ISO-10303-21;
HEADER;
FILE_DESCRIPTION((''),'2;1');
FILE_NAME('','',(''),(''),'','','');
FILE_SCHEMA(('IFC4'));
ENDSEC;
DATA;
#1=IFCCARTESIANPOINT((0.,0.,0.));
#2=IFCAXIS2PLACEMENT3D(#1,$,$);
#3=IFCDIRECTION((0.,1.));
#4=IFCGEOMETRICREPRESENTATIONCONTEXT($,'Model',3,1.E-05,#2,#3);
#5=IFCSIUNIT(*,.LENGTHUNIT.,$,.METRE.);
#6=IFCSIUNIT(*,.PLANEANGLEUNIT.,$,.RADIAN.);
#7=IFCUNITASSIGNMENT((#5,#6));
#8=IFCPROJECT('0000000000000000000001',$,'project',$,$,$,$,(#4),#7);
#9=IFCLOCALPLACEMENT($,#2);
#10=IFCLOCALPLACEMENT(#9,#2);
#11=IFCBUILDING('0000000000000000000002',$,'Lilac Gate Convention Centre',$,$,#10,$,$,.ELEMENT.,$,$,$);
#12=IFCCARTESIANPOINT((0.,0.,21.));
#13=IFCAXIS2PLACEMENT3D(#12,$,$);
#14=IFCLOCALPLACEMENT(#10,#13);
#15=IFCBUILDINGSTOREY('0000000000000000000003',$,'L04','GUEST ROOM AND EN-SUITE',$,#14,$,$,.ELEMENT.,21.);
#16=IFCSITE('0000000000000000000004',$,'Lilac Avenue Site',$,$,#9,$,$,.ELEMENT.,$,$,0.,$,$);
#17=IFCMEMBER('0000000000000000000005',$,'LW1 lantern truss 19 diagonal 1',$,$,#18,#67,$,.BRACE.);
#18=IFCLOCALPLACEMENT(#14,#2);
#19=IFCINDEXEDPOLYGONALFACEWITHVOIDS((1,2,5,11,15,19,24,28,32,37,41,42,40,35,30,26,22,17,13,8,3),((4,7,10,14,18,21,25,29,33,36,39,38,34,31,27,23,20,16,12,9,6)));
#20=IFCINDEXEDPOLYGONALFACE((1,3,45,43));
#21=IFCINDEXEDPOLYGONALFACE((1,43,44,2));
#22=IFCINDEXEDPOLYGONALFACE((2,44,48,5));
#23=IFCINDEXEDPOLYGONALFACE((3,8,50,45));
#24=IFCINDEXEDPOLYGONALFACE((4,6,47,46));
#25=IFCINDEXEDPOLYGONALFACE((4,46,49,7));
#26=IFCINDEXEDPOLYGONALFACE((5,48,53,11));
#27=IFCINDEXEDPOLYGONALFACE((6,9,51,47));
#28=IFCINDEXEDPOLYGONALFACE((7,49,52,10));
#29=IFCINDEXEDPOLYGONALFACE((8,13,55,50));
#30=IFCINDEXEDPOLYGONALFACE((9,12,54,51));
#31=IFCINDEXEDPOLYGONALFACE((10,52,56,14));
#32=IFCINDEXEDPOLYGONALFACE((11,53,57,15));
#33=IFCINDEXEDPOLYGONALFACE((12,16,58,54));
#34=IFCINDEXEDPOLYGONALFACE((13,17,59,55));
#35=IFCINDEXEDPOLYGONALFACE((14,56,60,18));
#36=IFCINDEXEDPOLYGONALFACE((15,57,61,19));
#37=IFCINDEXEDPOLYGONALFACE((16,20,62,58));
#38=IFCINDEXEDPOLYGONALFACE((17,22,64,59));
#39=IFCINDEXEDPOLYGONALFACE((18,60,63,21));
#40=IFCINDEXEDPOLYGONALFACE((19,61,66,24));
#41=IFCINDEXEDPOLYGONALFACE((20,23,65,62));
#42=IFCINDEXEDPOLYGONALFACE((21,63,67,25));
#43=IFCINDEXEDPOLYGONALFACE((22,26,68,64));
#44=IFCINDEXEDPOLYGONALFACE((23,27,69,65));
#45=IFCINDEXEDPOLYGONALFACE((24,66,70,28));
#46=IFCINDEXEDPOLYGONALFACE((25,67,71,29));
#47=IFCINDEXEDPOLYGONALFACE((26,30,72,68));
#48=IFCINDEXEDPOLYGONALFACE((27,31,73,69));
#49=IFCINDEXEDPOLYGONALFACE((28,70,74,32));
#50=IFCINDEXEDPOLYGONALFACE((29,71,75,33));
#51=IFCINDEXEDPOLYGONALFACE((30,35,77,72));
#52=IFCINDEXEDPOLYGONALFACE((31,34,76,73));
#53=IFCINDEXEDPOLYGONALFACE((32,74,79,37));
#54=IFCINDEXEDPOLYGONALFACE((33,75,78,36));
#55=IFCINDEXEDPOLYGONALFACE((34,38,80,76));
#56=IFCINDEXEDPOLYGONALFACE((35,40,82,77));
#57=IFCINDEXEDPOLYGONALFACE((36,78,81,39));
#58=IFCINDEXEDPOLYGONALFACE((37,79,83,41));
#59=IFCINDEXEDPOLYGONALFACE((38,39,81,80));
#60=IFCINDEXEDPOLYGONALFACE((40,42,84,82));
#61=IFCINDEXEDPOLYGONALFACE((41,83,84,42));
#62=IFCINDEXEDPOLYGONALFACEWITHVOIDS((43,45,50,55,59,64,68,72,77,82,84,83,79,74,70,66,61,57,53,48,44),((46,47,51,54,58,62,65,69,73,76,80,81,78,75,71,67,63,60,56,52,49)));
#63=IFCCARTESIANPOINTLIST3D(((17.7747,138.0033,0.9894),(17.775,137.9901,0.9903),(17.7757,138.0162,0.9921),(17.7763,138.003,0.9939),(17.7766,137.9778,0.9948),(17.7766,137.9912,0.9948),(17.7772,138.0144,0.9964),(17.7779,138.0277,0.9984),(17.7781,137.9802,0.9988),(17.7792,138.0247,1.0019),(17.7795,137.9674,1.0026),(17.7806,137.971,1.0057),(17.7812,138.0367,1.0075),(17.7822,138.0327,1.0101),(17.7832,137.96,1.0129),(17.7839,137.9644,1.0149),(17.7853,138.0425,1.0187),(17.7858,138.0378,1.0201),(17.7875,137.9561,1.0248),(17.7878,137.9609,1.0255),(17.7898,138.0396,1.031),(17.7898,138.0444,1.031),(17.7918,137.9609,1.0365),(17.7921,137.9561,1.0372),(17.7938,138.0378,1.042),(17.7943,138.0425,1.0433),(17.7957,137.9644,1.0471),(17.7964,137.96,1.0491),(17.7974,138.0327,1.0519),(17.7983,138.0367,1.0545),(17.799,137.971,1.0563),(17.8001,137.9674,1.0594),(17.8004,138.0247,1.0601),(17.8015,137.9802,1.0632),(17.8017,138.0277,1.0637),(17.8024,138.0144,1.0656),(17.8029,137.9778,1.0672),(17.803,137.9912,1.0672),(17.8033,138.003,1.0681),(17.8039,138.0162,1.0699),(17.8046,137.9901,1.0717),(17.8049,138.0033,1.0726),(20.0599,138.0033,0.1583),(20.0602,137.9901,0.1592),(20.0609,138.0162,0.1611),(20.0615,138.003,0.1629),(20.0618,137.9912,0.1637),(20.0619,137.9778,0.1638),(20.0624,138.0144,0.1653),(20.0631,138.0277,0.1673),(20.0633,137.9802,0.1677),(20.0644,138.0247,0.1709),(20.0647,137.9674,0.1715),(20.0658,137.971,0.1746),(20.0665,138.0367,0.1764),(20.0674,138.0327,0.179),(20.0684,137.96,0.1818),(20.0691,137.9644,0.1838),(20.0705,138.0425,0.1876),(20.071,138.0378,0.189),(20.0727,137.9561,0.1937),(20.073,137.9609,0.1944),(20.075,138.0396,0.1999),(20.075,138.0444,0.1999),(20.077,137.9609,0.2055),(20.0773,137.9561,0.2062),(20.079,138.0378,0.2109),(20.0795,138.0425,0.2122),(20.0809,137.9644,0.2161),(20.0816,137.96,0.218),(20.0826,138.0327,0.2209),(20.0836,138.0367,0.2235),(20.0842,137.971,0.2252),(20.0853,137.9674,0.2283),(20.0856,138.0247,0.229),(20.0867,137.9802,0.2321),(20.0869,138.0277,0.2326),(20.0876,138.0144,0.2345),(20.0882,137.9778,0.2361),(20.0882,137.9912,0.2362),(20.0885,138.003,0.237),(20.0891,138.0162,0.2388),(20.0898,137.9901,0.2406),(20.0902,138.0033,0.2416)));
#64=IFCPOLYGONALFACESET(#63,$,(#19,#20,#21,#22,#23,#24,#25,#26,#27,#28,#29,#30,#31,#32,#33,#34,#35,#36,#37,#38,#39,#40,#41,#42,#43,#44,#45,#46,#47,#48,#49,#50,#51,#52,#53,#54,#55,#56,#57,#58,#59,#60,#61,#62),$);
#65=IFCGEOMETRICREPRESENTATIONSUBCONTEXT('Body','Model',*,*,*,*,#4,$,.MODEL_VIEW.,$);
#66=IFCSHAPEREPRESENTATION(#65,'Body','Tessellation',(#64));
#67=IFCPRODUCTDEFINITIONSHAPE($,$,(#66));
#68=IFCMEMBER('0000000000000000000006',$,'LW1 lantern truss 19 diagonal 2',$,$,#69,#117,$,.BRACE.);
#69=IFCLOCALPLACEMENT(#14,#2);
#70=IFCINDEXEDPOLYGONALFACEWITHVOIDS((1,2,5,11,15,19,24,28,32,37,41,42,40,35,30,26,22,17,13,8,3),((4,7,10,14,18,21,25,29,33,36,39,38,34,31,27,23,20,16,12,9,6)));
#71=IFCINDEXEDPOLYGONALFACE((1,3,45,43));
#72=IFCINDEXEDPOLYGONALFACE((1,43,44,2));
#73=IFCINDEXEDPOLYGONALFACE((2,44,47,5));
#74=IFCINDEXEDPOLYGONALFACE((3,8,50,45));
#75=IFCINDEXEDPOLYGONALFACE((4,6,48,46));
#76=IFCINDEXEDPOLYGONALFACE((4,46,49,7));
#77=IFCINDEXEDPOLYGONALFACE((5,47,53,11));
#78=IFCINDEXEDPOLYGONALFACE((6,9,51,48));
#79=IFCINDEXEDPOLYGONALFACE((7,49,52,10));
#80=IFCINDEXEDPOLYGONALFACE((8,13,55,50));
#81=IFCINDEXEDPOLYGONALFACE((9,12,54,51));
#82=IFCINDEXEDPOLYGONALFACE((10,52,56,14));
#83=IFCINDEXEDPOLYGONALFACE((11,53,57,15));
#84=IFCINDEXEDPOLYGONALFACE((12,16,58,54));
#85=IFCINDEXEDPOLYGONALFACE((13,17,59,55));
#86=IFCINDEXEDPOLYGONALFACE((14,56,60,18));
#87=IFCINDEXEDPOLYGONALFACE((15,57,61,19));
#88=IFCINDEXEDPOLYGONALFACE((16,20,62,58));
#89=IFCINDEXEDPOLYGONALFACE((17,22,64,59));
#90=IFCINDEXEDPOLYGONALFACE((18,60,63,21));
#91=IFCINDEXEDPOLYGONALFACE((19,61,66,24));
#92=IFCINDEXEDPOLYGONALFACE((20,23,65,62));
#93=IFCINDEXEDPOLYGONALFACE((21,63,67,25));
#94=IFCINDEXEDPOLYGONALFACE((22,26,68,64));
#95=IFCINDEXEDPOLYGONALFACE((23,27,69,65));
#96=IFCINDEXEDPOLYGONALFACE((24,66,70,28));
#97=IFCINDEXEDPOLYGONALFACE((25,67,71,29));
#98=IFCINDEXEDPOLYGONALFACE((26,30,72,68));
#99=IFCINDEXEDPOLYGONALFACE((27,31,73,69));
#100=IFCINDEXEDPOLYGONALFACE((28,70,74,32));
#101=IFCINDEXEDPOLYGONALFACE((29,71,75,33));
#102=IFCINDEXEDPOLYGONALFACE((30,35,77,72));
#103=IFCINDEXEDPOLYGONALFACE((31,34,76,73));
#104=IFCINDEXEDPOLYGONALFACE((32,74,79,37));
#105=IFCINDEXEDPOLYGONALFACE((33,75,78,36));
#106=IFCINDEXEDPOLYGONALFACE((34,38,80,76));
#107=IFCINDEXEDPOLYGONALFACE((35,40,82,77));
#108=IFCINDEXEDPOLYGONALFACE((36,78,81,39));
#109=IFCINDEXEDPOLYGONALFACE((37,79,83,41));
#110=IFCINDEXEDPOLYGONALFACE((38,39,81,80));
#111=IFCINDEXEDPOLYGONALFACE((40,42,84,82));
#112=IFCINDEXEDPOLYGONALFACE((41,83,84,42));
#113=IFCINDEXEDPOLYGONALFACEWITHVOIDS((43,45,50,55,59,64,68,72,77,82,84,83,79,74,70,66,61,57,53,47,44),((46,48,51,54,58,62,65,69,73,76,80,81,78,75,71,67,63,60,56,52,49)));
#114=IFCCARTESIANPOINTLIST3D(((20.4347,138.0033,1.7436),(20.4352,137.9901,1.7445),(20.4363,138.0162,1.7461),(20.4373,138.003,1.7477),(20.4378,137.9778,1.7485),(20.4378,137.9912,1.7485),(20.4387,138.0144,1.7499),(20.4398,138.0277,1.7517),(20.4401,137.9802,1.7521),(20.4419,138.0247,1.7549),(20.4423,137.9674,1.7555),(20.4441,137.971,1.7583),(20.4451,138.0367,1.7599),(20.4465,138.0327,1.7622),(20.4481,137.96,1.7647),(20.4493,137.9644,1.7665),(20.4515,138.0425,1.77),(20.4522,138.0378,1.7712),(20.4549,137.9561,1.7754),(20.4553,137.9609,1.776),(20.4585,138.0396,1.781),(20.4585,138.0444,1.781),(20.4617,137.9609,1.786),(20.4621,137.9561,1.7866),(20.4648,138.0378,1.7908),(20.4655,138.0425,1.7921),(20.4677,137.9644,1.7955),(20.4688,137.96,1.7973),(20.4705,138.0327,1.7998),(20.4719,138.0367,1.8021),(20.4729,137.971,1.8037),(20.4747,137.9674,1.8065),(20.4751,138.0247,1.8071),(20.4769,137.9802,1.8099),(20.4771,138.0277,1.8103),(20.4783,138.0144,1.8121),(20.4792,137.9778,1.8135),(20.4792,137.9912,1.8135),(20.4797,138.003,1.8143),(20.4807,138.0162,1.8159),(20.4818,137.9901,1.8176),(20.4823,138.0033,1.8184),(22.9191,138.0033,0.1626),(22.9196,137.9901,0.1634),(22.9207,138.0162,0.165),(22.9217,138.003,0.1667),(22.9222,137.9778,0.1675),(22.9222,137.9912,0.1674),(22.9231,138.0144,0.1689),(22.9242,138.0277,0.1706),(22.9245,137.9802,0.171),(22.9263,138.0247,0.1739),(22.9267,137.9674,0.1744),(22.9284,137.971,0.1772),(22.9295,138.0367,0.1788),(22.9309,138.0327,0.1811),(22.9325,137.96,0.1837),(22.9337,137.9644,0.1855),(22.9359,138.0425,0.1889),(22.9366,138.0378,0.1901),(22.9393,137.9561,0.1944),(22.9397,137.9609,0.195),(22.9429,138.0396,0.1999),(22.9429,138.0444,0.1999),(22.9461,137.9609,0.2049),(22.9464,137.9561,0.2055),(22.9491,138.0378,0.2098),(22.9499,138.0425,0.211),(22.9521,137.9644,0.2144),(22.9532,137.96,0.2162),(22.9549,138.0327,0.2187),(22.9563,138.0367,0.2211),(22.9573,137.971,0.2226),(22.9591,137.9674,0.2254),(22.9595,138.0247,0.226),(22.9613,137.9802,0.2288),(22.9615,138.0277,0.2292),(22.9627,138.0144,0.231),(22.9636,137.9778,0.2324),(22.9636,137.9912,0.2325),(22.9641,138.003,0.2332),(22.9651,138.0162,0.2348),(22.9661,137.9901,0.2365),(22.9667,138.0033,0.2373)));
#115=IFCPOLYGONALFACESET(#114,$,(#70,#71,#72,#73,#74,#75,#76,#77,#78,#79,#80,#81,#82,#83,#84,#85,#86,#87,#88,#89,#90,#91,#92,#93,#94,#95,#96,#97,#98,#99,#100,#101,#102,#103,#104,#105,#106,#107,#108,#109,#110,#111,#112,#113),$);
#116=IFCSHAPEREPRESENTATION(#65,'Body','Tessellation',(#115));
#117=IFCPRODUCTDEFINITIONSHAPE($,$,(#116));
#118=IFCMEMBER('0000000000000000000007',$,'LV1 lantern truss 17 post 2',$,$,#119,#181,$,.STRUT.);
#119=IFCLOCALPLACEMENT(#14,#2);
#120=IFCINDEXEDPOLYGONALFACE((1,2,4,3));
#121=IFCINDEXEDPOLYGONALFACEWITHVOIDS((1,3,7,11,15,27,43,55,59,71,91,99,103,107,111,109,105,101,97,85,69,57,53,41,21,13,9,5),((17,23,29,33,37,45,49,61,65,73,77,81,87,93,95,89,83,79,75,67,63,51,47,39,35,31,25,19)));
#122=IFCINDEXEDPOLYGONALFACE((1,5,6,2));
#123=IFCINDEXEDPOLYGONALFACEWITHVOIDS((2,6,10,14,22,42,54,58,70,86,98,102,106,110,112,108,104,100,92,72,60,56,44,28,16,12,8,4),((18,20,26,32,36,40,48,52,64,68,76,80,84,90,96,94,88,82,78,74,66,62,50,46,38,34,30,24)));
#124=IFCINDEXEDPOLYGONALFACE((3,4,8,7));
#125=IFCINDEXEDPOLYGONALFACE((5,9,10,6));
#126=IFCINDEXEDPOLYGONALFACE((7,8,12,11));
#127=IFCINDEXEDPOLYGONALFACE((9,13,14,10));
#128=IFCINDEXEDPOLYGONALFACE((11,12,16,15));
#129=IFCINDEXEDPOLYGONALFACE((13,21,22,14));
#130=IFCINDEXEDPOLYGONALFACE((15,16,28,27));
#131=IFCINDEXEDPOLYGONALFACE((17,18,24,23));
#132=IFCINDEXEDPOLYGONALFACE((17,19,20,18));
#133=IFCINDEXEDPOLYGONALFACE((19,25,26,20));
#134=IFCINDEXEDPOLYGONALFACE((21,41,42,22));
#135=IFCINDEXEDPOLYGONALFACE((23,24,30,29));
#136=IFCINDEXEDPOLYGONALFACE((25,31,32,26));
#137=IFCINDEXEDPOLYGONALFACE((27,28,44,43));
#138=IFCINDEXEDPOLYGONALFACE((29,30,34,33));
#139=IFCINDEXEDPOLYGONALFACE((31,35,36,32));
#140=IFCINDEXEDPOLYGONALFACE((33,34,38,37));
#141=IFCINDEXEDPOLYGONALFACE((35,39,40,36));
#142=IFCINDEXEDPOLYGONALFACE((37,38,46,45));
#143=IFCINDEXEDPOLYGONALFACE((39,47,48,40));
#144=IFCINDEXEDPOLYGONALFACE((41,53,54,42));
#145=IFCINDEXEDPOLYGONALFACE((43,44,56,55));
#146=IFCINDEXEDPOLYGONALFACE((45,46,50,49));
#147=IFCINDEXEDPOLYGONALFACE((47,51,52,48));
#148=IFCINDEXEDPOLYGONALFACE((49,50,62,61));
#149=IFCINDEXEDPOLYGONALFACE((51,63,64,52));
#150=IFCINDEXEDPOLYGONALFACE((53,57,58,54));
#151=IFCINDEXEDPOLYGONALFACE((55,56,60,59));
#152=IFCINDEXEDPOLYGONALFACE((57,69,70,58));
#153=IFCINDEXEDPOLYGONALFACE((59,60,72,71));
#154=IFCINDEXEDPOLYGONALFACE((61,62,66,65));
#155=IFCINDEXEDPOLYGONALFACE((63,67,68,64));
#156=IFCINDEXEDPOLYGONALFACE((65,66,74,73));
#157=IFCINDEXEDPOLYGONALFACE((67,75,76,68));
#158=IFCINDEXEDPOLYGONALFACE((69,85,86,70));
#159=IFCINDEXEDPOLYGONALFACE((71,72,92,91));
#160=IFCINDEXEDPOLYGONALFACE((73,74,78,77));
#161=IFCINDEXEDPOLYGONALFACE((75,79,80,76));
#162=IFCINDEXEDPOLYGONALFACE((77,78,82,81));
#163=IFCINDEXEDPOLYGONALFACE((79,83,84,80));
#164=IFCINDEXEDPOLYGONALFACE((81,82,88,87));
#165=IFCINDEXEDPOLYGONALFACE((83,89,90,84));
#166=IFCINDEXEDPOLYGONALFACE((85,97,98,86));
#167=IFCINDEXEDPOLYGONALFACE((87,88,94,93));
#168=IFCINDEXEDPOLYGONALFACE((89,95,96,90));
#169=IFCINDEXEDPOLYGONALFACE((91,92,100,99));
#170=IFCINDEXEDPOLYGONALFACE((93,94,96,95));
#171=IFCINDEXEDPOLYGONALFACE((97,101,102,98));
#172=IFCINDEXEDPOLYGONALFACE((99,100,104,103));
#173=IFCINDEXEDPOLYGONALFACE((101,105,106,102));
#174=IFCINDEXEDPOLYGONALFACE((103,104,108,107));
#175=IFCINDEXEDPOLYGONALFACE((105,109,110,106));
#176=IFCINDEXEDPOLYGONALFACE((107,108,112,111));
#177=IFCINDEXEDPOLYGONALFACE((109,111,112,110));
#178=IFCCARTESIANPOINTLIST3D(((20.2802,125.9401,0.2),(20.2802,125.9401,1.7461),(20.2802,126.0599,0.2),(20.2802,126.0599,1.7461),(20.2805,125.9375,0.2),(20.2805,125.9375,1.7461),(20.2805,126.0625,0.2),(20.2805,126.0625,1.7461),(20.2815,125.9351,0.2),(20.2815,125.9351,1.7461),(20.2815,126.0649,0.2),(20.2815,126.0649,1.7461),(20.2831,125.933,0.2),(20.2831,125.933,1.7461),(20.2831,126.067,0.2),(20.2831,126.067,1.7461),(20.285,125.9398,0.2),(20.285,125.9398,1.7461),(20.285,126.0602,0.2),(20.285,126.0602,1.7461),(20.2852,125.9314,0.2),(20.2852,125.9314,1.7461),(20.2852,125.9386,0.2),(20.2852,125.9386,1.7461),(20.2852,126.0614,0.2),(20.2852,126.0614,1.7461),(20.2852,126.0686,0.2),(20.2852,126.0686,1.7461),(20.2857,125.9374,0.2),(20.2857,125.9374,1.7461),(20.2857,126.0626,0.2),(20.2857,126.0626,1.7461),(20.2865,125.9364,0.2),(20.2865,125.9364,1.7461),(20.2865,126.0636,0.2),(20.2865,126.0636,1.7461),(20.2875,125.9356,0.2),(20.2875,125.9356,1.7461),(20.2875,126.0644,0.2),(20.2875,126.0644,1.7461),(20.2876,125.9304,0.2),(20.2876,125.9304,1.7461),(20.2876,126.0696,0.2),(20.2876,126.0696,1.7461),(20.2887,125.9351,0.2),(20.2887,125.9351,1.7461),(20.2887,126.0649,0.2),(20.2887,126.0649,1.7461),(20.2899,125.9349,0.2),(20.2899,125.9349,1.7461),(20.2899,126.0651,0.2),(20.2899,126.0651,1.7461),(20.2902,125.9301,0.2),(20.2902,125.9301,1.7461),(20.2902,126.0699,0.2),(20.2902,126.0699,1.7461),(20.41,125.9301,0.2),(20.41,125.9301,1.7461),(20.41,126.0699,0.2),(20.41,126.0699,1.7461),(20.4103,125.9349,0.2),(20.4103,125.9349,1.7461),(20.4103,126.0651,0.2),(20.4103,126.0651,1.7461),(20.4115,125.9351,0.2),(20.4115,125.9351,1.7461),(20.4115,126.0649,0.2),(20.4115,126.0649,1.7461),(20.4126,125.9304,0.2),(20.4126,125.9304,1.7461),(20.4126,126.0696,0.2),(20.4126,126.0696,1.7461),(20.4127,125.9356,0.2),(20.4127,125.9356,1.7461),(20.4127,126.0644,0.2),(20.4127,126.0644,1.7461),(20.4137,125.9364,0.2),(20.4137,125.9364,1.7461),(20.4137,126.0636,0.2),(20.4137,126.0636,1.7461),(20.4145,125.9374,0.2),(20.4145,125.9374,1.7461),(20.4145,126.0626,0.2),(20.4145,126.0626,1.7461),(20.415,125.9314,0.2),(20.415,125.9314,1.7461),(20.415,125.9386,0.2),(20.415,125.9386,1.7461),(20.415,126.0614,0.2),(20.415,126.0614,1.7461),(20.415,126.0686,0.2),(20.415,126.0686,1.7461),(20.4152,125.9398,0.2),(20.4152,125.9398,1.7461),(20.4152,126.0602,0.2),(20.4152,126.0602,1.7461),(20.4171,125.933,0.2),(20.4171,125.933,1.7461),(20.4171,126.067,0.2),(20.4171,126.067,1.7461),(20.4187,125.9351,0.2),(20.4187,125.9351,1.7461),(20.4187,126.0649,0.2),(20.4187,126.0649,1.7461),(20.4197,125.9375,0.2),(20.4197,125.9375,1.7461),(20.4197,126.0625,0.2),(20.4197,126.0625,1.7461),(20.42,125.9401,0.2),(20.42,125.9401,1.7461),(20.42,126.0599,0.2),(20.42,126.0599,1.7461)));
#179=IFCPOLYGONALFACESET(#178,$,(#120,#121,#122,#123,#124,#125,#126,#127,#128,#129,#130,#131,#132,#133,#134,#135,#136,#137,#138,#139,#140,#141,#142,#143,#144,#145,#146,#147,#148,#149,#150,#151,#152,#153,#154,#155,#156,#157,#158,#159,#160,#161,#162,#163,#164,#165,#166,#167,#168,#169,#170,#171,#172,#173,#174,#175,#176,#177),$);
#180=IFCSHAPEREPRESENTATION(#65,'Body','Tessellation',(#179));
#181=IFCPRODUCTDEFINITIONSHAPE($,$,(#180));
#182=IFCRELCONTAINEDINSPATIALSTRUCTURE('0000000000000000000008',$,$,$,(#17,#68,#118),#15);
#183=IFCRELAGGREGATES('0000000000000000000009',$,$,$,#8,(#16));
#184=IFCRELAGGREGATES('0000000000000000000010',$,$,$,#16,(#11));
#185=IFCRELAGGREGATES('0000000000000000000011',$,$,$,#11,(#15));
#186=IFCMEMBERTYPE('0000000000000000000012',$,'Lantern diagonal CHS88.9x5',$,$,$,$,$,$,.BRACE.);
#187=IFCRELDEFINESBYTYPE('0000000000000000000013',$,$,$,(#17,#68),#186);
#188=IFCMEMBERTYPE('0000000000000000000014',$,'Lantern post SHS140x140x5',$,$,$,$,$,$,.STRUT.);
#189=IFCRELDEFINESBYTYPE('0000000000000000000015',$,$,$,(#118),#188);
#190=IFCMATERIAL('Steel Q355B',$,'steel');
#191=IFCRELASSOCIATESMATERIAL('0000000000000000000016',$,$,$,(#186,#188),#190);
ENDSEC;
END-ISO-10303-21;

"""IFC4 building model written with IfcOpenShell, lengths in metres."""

from ifc_helpers import new_model, si_unit, direction, frame, origin, origin_2d, place, context, subcontext, project, spatial, hollow_rectangle, hollow_circle, extrude, material, material_profile, profile_set, type_object, element, save


model = new_model("IFC4")

# Units and contexts
model_context = context("Model", 3, precision=1e-05, world=origin(), true_north=direction((0.0, 1.0)))
body_context = subcontext(model_context, "Body", "Model", "MODEL_VIEW")
ifc_project = project(units=[si_unit("LENGTHUNIT", "METRE"), si_unit("PLANEANGLEUNIT", "RADIAN")], contexts=[model_context])

# Site, building, storey
site_placement = place(None, origin())
site = spatial("IfcSite", under=ifc_project, at=site_placement, Name="Lilac Avenue Site", CompositionType="ELEMENT", RefElevation=0.0)
building_placement = place(site_placement, origin())
building = spatial("IfcBuilding", under=site, at=building_placement, Name="Lilac Gate Convention Centre", CompositionType="ELEMENT")
storey_placement = place(building_placement, frame((0.0, 0.0, 21.0)))
storey = spatial("IfcBuildingStorey", under=building, at=storey_placement, Name="L04", Description="GUEST ROOM AND EN-SUITE", CompositionType="ELEMENT", Elevation=21.0)

# Members
ifc_material_1 = material(Name="Steel Q355B", Category="steel")
ifc_material_profile_1 = material_profile(ifc_material_1, hollow_circle(Radius=0.0444, WallThickness=0.0049, at=origin_2d()), Name="CHS88.9x5")
ifc_profile_set_1 = profile_set([ifc_material_profile_1], Name="Steel Q355B")
member_type_1 = type_object("IfcMemberType", Name="Lantern diagonal CHS88.9x5", PredefinedType="BRACE", material=ifc_profile_set_1)
member_1_placement = place(storey_placement, frame((17.7898, 138.0, 1.031), z_axis=(0.939782, 0.0, -0.341775), x_axis=(0.0, 1.0, 0.0)))
element("IfcMember", 1, at=member_1_placement, inside=storey, type_object=member_type_1, Name="LW1 lantern truss 19 diagonal 1", PredefinedType="BRACE", context=body_context, shape_type="SweptSolid", body=[
    extrude(hollow_circle(Radius=0.0444, WallThickness=0.0049, at=origin_2d()), origin(), (0.0, 0.0, 1.0), 2.4316),
])
member_2_placement = place(storey_placement, frame((20.4585, 138.0, 1.781), z_axis=(0.843648, 0.0, -0.536897), x_axis=(0.0, 1.0, 0.0)))
element("IfcMember", 2, at=member_2_placement, inside=storey, type_object=member_type_1, Name="LW1 lantern truss 19 diagonal 2", PredefinedType="BRACE", context=body_context, shape_type="SweptSolid", body=[
    extrude(hollow_circle(Radius=0.0444, WallThickness=0.0049, at=origin_2d()), origin(), (0.0, 0.0, 1.0), 2.9448),
])
ifc_material_profile_2 = material_profile(ifc_material_1, hollow_rectangle(XDim=0.1399, YDim=0.1399, WallThickness=0.0049, InnerFilletRadius=0.0049, OuterFilletRadius=0.01, at=origin_2d()), Name="SHS140x140x5")
ifc_profile_set_2 = profile_set([ifc_material_profile_2], Name="Steel Q355B")
member_type_2 = type_object("IfcMemberType", Name="Lantern post SHS140x140x5", PredefinedType="STRUT", material=ifc_profile_set_2)
member_3_placement = place(storey_placement, frame((20.3501, 126.0, 0.2), z_axis=(0.0, 0.0, 1.0), x_axis=(1.0, 0.0, 0.0)))
element("IfcMember", 3, at=member_3_placement, inside=storey, type_object=member_type_2, Name="LV1 lantern truss 17 post 2", PredefinedType="STRUT", context=body_context, shape_type="SweptSolid", body=[
    extrude(hollow_rectangle(XDim=0.1399, YDim=0.1399, WallThickness=0.0049, InnerFilletRadius=0.0049, OuterFilletRadius=0.01, at=origin_2d()), origin(), (0.0, 0.0, 1.0), 1.5461),
])

save(model, "model.ifc")
